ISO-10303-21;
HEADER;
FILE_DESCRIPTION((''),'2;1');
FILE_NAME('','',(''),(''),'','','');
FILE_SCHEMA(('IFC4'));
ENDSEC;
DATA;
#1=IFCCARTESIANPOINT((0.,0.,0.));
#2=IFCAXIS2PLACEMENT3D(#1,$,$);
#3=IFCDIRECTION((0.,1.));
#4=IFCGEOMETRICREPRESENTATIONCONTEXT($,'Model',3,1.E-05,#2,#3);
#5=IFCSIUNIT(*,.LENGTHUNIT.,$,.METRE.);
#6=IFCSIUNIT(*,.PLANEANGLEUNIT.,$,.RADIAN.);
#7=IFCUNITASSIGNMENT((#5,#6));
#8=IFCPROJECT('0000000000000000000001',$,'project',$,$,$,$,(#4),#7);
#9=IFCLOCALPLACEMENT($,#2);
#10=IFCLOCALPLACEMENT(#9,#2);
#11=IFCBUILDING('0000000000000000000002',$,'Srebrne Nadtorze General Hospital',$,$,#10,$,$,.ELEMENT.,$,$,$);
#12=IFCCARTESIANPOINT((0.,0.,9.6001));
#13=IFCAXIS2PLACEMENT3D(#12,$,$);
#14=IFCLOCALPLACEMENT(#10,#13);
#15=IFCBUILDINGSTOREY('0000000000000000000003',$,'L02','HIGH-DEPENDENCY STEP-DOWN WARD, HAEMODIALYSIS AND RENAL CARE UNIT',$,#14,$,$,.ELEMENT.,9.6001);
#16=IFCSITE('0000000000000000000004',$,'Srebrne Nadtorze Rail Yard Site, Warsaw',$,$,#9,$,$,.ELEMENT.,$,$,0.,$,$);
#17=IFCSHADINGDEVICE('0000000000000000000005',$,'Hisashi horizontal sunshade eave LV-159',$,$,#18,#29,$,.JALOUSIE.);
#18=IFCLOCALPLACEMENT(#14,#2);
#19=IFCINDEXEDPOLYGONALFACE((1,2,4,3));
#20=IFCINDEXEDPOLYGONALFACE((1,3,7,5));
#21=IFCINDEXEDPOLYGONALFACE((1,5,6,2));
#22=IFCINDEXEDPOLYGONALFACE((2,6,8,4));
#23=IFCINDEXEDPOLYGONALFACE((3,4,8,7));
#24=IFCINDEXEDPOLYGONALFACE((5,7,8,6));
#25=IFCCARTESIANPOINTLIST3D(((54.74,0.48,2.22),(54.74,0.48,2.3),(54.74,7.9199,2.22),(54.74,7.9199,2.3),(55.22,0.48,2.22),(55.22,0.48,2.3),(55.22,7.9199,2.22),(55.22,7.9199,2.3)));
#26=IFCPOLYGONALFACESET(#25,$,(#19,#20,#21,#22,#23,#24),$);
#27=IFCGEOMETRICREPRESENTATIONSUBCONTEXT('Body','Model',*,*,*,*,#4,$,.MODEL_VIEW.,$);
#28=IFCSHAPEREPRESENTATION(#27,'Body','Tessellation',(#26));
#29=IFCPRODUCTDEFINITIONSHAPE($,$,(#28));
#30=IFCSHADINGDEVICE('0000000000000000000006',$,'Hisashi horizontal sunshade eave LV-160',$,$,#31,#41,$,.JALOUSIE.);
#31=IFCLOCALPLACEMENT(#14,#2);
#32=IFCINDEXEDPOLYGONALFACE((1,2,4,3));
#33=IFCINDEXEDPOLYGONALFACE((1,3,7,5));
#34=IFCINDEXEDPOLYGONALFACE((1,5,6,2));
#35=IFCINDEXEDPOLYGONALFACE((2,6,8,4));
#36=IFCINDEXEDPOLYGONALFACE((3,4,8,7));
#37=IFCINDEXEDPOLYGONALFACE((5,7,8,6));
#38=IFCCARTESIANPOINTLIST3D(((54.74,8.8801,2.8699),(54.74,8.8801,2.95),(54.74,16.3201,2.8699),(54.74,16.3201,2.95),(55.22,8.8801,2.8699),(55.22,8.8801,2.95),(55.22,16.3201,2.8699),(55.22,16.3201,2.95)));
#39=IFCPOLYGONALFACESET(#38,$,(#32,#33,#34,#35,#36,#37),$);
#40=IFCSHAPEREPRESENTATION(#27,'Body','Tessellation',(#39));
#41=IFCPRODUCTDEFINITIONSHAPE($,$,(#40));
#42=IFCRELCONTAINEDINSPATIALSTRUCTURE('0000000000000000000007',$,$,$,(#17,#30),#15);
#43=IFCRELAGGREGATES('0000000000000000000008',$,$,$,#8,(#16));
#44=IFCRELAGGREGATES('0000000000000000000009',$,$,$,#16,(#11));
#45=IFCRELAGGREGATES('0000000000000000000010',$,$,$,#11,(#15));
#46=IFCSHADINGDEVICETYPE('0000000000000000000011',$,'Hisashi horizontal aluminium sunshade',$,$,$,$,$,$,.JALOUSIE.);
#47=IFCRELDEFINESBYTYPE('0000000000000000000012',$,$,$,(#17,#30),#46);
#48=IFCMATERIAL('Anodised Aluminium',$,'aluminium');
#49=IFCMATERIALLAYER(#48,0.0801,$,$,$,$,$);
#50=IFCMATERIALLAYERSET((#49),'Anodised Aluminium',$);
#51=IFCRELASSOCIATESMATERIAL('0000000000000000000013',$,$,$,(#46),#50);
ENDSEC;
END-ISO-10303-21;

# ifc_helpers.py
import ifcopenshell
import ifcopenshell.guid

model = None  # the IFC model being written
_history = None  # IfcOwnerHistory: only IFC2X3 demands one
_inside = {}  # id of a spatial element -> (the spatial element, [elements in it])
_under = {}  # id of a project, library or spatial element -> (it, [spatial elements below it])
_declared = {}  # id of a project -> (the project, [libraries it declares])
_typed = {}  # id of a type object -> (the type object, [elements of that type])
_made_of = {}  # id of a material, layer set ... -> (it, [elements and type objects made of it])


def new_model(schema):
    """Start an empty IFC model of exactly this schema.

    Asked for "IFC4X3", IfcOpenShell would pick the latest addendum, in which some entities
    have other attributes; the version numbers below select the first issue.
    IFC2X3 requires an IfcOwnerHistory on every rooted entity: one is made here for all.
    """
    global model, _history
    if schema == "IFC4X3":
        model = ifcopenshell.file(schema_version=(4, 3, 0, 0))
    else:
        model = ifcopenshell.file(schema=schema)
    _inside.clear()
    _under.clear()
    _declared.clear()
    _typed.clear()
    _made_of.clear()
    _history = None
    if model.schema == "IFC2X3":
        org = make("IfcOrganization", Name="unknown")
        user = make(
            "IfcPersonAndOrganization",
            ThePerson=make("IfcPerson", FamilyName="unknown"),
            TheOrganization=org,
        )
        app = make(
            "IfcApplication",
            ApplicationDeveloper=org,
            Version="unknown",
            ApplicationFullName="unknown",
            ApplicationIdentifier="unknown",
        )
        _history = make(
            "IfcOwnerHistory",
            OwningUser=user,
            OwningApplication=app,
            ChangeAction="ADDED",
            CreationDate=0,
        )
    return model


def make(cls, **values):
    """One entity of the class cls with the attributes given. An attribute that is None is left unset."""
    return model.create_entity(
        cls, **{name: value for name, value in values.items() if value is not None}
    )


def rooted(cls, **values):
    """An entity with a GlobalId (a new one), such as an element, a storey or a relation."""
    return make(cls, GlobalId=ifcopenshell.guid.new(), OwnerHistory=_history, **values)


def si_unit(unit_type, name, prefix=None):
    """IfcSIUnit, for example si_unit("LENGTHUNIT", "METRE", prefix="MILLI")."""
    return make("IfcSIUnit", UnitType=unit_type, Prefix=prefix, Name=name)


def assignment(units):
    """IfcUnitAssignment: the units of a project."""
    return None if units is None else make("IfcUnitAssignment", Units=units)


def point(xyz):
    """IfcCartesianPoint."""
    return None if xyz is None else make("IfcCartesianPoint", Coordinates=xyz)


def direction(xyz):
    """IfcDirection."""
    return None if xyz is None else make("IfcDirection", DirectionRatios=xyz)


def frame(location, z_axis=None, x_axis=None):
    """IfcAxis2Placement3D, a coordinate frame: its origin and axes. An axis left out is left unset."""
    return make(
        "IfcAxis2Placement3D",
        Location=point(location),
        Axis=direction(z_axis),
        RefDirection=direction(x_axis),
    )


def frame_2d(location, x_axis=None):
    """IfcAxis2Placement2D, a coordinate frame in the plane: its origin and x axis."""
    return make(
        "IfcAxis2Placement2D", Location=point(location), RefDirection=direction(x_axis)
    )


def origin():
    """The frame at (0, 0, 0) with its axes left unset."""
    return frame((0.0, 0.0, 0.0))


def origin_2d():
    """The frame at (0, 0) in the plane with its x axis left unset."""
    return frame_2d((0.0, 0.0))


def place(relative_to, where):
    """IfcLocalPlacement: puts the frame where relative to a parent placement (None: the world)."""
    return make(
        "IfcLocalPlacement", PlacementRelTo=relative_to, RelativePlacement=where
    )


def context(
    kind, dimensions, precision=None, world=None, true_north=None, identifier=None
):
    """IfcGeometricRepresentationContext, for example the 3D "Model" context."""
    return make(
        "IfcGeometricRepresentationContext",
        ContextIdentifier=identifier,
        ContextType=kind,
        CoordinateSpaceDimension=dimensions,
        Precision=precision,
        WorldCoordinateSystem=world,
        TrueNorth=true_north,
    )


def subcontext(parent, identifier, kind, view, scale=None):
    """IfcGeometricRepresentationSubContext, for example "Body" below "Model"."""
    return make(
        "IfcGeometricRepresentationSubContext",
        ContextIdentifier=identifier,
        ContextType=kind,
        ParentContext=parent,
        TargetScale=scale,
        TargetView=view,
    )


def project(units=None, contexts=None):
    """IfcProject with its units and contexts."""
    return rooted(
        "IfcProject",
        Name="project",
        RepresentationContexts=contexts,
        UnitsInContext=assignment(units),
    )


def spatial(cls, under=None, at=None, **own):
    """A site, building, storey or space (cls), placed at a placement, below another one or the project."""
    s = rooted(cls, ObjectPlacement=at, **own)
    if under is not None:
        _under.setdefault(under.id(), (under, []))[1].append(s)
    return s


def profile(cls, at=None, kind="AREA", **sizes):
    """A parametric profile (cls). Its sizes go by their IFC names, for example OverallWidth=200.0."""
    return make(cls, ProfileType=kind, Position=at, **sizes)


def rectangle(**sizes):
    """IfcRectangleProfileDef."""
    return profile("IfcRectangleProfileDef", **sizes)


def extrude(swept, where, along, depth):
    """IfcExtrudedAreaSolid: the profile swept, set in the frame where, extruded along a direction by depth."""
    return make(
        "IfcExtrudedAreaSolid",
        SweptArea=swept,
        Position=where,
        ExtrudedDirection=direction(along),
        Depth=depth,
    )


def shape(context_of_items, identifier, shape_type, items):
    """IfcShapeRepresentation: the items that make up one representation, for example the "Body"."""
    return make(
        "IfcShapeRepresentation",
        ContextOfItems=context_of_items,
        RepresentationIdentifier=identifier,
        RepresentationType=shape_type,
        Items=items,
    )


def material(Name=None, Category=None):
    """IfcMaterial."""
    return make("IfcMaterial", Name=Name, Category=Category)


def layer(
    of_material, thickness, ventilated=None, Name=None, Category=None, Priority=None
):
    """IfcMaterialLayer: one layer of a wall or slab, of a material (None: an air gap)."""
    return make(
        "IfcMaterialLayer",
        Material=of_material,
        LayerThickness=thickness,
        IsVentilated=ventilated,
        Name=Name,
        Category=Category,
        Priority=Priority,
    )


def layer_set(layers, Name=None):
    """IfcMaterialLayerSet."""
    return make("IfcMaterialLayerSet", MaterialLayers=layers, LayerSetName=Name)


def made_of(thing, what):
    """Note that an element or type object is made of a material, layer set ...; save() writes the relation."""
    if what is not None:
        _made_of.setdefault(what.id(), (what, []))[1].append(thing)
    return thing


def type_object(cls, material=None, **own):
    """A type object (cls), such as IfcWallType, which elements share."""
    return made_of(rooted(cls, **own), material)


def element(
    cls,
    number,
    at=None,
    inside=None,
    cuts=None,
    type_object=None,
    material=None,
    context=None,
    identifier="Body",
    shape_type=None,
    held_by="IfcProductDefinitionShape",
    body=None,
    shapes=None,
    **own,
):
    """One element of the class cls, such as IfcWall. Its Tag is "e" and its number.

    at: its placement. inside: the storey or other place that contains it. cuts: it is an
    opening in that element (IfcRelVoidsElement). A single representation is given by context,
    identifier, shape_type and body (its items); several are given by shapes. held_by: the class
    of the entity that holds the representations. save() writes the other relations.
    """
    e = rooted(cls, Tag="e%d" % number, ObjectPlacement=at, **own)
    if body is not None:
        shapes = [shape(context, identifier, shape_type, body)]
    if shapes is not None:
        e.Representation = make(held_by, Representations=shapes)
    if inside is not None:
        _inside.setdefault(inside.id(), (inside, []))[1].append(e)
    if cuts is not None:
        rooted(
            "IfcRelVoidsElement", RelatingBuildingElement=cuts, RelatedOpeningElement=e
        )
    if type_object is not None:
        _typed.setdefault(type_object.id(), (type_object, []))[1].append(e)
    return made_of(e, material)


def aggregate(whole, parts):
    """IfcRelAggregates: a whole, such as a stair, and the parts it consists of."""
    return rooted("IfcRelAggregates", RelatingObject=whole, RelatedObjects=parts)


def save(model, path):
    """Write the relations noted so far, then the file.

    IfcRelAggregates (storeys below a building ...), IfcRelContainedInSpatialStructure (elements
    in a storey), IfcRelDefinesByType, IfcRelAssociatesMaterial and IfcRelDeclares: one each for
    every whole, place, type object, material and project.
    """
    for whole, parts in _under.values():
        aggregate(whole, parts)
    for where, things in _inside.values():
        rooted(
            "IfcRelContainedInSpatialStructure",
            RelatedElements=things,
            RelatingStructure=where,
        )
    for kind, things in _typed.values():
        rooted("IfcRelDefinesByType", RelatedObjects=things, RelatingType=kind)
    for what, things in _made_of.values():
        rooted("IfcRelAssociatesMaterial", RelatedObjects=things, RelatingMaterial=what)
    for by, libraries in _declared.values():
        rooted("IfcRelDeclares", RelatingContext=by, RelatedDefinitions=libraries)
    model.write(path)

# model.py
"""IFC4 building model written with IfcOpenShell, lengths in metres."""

from ifc_helpers import new_model, si_unit, direction, frame, origin, origin_2d, place, context, subcontext, project, spatial, rectangle, extrude, material, layer, layer_set, type_object, element, save


model = new_model("IFC4")

# Units and contexts
model_context = context("Model", 3, precision=1e-05, world=origin(), true_north=direction((0.0, 1.0)))
body_context = subcontext(model_context, "Body", "Model", "MODEL_VIEW")
ifc_project = project(units=[si_unit("LENGTHUNIT", "METRE"), si_unit("PLANEANGLEUNIT", "RADIAN")], contexts=[model_context])

# Site, building, storey
site_placement = place(None, origin())
site = spatial("IfcSite", under=ifc_project, at=site_placement, Name="Srebrne Nadtorze Rail Yard Site, Warsaw", CompositionType="ELEMENT", RefElevation=0.0)
building_placement = place(site_placement, origin())
building = spatial("IfcBuilding", under=site, at=building_placement, Name="Srebrne Nadtorze General Hospital", CompositionType="ELEMENT")
storey_placement = place(building_placement, frame((0.0, 0.0, 9.6001)))
storey = spatial("IfcBuildingStorey", under=building, at=storey_placement, Name="L02", Description="HIGH-DEPENDENCY STEP-DOWN WARD, HAEMODIALYSIS AND RENAL CARE UNIT", CompositionType="ELEMENT", Elevation=9.6001)

# Shading devices
ifc_material_1 = material(Name="Anodised Aluminium", Category="aluminium")
ifc_layer_1 = layer(ifc_material_1, 0.0801)
ifc_layer_set_1 = layer_set([ifc_layer_1], Name="Anodised Aluminium")
shading_device_type = type_object("IfcShadingDeviceType", Name="Hisashi horizontal aluminium sunshade", PredefinedType="JALOUSIE", material=ifc_layer_set_1)
for number, where, z_axis, x_axis, name in (
    (1, (54.98, 4.2, 2.22), (0.0, 0.0, 1.0), (1.0, 0.0, 0.0), "Hisashi horizontal sunshade eave LV-159"),
    (2, (54.98, 12.6001, 2.8699), (0.0, 0.0, 1.0), (1.0, 0.0, 0.0), "Hisashi horizontal sunshade eave LV-160"),
):
    element("IfcShadingDevice", number, at=place(storey_placement, frame(where, z_axis=z_axis, x_axis=x_axis)), inside=storey, type_object=shading_device_type, Name=name, PredefinedType="JALOUSIE", context=body_context, shape_type="SweptSolid", body=[
        extrude(rectangle(XDim=0.48, YDim=7.4399, at=origin_2d()), origin(), (0.0, 0.0, 1.0), 0.0801),
    ])

save(model, "model.ifc")
